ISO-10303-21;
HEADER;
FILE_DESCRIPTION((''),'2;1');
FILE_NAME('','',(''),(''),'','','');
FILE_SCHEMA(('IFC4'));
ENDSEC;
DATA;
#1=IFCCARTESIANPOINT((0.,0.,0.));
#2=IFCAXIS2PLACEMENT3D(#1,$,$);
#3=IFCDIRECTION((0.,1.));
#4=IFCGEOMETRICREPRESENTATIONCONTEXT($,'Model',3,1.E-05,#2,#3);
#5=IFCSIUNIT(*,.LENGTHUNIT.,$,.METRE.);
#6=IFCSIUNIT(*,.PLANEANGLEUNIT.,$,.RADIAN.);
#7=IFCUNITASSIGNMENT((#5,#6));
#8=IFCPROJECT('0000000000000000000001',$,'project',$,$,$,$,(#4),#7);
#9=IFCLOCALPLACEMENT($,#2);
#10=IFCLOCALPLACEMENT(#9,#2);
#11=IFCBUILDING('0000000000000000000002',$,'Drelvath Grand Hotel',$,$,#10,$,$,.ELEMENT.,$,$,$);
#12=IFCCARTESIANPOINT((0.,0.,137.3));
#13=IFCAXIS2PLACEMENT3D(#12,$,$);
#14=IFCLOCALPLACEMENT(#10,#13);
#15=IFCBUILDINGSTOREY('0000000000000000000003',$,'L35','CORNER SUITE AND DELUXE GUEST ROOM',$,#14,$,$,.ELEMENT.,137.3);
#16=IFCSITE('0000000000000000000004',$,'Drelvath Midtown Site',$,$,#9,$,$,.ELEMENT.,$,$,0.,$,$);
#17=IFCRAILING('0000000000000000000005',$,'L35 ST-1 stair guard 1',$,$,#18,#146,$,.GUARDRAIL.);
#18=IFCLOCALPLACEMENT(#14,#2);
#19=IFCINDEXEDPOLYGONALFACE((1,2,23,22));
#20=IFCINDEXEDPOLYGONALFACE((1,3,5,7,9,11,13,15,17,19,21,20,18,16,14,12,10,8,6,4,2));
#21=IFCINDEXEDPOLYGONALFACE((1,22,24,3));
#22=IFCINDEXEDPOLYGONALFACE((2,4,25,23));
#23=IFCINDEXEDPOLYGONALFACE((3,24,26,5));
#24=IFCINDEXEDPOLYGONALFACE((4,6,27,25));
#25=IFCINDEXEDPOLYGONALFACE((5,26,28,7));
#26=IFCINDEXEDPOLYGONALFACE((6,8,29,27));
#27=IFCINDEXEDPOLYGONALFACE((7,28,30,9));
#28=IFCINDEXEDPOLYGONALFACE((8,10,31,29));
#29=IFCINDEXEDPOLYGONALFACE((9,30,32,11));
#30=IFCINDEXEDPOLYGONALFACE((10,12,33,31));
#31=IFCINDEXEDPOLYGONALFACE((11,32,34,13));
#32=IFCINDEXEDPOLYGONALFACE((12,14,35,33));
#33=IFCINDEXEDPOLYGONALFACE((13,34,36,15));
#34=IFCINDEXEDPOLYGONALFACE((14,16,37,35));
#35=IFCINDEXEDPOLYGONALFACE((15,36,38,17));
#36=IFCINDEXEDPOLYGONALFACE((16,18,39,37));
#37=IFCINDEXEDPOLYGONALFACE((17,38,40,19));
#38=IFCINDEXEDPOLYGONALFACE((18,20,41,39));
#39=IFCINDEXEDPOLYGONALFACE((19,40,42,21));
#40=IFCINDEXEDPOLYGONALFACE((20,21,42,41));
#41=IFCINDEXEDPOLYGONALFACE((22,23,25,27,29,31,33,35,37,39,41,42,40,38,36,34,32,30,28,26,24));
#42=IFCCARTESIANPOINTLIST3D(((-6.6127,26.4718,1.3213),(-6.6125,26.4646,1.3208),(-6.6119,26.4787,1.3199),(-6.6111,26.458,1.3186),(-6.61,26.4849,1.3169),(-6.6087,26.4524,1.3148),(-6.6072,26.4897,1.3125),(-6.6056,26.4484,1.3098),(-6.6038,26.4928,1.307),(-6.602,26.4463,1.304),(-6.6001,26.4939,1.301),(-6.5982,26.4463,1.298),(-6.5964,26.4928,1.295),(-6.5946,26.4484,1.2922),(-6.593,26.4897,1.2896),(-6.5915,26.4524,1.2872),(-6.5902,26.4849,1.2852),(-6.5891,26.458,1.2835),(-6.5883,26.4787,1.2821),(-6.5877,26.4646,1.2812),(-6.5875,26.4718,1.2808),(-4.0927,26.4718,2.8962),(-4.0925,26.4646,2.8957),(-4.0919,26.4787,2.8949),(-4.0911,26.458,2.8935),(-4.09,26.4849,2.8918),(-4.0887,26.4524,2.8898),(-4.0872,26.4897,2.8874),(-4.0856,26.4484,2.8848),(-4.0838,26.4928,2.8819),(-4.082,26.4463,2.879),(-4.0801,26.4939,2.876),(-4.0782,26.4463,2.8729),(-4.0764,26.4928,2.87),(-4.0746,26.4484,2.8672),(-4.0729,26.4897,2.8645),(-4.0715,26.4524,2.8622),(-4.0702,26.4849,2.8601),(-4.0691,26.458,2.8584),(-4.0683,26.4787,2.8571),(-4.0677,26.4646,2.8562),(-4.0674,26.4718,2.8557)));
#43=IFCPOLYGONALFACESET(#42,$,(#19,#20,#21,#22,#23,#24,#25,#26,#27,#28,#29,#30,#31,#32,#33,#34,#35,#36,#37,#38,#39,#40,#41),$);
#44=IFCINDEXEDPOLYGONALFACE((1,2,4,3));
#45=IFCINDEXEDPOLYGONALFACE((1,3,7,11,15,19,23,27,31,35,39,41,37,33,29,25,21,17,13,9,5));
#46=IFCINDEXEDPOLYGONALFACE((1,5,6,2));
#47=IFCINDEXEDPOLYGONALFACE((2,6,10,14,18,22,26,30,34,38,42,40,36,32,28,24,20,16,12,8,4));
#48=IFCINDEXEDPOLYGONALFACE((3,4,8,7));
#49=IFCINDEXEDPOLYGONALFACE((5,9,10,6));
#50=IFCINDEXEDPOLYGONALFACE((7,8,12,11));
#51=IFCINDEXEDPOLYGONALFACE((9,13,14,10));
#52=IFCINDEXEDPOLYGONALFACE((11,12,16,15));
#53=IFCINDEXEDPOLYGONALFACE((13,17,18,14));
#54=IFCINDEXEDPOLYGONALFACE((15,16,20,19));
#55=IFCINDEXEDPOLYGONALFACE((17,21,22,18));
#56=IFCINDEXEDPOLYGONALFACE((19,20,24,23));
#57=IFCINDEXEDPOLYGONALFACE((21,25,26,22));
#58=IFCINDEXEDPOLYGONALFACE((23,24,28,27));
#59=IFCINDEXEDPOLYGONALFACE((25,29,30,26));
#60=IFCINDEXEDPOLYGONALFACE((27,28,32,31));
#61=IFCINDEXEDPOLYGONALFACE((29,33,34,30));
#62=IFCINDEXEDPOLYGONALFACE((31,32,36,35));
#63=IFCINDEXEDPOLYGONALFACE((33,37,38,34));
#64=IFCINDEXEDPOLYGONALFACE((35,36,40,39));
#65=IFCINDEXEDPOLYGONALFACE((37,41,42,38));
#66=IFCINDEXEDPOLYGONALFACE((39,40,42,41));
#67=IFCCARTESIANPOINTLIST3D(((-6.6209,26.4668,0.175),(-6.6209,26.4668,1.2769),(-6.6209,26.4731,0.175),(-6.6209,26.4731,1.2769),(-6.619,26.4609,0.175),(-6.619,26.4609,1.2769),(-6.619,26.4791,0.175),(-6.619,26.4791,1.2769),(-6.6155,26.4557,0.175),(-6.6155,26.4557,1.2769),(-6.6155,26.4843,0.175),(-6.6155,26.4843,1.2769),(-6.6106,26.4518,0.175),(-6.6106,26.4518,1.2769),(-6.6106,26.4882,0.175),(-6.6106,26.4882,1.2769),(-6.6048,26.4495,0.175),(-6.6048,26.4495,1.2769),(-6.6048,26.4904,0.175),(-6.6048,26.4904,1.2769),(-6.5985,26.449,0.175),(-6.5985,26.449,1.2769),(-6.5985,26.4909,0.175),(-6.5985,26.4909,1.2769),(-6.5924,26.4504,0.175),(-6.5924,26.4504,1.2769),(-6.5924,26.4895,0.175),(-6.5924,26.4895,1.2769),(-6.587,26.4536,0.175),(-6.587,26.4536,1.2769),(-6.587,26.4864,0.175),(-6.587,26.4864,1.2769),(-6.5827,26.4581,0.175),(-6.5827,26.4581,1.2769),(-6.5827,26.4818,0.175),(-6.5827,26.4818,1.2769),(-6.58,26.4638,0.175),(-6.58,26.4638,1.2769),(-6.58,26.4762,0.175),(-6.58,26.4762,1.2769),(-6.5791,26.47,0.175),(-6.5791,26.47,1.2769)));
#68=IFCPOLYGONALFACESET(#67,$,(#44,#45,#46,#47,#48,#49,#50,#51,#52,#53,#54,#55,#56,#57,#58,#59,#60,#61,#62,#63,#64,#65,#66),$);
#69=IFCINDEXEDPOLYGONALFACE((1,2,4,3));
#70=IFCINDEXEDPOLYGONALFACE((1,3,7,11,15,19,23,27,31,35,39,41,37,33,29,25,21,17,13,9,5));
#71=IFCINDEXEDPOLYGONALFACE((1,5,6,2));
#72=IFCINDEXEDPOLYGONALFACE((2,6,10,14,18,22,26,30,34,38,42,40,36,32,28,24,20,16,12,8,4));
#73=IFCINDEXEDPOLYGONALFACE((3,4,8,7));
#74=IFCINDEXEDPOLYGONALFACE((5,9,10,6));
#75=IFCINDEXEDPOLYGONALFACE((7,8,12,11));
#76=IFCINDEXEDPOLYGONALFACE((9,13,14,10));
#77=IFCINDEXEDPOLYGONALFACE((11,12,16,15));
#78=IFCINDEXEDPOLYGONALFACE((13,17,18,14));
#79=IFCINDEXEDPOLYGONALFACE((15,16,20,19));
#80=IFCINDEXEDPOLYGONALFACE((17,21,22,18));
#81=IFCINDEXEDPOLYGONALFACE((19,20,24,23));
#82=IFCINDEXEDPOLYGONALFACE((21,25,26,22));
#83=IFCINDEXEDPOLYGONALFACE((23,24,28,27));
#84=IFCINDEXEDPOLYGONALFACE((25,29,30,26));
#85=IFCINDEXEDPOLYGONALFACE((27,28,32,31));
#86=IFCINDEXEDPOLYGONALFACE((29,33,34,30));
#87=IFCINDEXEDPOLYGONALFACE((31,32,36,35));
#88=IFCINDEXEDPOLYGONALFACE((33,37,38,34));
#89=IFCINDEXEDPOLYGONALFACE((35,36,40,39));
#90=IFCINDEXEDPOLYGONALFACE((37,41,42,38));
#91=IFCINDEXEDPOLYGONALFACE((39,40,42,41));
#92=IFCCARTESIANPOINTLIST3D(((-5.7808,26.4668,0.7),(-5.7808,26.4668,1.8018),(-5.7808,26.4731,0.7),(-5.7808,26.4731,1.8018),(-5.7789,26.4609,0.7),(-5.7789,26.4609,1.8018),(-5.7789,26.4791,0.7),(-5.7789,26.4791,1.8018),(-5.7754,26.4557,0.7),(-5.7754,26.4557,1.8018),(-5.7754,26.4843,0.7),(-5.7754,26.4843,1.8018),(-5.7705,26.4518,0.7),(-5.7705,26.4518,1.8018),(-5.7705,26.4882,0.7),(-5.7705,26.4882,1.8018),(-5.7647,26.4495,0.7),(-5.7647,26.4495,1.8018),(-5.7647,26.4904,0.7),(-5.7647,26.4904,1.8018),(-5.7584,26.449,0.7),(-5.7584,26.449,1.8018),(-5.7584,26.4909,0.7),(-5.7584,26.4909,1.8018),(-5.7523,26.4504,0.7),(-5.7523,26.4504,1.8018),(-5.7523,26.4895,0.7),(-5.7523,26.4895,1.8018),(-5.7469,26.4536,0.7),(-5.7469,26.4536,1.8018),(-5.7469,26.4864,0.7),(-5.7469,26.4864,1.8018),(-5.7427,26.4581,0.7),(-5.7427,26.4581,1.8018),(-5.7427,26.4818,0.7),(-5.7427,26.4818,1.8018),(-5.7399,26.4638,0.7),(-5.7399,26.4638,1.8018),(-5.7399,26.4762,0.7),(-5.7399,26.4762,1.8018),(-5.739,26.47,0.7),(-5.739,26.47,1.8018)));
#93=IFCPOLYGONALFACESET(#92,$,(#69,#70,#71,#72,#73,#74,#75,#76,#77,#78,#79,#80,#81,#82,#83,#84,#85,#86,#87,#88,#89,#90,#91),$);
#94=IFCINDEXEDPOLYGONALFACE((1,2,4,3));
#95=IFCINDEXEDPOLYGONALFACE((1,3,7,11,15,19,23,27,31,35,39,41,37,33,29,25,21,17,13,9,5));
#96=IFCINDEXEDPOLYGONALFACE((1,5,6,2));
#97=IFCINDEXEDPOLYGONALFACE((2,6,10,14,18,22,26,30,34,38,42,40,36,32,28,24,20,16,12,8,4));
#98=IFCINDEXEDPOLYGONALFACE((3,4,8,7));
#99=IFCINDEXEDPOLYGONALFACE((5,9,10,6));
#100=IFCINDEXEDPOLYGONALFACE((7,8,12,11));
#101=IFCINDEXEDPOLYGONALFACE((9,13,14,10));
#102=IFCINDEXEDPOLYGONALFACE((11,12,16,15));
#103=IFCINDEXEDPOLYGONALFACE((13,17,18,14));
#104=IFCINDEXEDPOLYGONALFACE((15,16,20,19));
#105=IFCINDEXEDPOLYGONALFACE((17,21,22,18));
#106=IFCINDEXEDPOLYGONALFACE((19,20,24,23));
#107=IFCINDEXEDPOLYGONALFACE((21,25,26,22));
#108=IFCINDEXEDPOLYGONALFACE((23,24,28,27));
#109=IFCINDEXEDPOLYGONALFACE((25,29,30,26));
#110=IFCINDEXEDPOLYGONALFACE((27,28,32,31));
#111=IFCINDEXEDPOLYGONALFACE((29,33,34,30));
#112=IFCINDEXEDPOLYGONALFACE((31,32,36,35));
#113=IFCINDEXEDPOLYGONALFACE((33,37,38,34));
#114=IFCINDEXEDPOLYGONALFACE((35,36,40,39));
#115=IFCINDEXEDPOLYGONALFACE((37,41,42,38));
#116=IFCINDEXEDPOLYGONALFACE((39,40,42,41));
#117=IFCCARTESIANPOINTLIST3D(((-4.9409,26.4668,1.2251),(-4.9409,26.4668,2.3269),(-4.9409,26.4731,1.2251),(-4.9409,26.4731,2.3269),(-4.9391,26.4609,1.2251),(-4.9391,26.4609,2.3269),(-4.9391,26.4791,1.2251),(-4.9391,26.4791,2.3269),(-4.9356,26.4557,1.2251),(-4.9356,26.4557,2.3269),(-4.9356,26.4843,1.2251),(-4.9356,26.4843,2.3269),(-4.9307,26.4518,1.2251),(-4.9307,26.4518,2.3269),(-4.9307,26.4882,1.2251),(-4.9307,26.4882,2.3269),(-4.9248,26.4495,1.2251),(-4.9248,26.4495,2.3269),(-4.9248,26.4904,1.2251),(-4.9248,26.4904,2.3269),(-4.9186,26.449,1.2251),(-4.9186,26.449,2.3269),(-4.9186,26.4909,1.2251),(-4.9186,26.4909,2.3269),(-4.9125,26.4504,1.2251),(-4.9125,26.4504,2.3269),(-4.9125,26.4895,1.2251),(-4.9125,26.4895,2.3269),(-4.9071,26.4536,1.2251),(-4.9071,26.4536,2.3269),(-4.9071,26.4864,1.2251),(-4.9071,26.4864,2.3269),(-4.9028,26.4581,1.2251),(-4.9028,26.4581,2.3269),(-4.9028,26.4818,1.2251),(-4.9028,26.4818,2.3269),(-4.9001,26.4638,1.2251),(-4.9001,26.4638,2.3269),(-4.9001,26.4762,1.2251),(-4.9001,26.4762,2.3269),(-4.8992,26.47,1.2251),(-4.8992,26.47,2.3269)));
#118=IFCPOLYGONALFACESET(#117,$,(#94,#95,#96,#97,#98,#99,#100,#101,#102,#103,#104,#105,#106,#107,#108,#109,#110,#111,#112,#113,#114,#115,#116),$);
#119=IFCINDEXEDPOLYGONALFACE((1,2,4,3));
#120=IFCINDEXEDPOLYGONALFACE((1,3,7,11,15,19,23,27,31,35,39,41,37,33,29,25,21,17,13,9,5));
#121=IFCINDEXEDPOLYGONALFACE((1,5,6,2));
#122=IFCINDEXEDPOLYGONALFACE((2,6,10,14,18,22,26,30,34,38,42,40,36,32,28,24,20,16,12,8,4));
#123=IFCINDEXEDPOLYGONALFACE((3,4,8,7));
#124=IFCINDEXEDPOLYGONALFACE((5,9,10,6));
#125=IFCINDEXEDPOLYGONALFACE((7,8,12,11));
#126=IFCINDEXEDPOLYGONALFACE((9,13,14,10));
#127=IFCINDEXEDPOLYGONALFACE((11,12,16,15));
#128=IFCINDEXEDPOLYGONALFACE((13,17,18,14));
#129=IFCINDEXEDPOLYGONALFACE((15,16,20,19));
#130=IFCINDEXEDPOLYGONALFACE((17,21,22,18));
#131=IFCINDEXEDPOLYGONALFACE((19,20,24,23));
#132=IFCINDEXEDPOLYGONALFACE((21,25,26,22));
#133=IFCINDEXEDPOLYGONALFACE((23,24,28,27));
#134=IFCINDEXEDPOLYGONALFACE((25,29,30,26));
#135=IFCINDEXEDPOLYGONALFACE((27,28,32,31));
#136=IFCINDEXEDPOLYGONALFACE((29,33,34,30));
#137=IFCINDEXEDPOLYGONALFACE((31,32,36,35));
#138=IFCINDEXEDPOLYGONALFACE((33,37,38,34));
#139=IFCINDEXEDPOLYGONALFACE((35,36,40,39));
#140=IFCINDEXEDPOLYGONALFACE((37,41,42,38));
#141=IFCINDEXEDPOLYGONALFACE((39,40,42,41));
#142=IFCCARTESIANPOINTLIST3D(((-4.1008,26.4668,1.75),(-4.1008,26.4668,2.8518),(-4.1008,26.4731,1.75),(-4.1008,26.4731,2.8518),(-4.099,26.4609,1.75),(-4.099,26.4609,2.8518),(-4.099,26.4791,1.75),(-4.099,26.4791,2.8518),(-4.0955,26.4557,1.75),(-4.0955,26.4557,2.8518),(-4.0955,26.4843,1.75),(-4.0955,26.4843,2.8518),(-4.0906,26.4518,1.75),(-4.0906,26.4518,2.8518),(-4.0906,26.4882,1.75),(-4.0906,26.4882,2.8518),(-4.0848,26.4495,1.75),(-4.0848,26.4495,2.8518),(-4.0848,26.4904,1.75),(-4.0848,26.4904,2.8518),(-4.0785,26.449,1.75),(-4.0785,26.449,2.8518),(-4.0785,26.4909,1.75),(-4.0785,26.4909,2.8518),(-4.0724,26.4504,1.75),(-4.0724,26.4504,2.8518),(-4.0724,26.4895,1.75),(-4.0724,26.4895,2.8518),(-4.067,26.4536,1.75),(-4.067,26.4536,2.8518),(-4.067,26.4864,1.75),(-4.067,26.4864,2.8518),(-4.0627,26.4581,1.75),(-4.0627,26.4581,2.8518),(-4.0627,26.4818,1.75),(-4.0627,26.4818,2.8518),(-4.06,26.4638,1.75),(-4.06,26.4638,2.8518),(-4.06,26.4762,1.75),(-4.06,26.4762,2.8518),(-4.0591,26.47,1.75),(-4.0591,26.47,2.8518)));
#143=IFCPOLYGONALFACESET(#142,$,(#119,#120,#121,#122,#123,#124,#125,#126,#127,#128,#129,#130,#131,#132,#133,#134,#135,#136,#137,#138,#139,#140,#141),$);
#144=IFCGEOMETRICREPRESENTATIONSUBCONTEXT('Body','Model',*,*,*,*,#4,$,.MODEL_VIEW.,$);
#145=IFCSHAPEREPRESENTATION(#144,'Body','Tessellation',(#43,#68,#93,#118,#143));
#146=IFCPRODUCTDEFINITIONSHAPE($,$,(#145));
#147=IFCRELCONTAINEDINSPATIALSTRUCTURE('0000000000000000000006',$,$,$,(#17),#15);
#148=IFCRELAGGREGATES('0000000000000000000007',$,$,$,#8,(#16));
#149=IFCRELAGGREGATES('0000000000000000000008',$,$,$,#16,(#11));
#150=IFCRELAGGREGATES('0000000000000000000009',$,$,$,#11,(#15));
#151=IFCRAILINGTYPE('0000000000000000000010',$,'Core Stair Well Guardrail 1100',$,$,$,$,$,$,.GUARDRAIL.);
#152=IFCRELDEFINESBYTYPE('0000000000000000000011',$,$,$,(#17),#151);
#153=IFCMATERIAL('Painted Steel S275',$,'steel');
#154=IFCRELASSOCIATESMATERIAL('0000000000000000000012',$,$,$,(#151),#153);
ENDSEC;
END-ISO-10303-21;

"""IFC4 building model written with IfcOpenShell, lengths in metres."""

from ifc_helpers import new_model, si_unit, direction, frame, origin, origin_2d, place, context, subcontext, project, spatial, circle, extrude, material, type_object, element, save


model = new_model("IFC4")

# Units and contexts
model_context = context("Model", 3, precision=1e-05, world=origin(), true_north=direction((0.0, 1.0)))
body_context = subcontext(model_context, "Body", "Model", "MODEL_VIEW")
ifc_project = project(units=[si_unit("LENGTHUNIT", "METRE"), si_unit("PLANEANGLEUNIT", "RADIAN")], contexts=[model_context])

# Site, building, storey
site_placement = place(None, origin())
site = spatial("IfcSite", under=ifc_project, at=site_placement, Name="Drelvath Midtown Site", CompositionType="ELEMENT", RefElevation=0.0)
building_placement = place(site_placement, origin())
building = spatial("IfcBuilding", under=site, at=building_placement, Name="Drelvath Grand Hotel", CompositionType="ELEMENT")
storey_placement = place(building_placement, frame((0.0, 0.0, 137.3)))
storey = spatial("IfcBuildingStorey", under=building, at=storey_placement, Name="L35", Description="CORNER SUITE AND DELUXE GUEST ROOM", CompositionType="ELEMENT", Elevation=137.3)

# Railing
ifc_material_1 = material(Name="Painted Steel S275", Category="steel")
railing_type_1 = type_object("IfcRailingType", Name="Core Stair Well Guardrail 1100", PredefinedType="GUARDRAIL", material=ifc_material_1)
railing_1_placement = place(storey_placement, frame((-6.6001, 26.47, 0.175)))
element("IfcRailing", 1, at=railing_1_placement, inside=storey, type_object=railing_type_1, Name="L35 ST-1 stair guard 1", PredefinedType="GUARDRAIL", context=body_context, shape_type="SweptSolid", body=[
    extrude(circle(Radius=0.0239, at=origin_2d()), frame((0.0, 0.0, 1.126), z_axis=(0.848008, 0.0, 0.529984), x_axis=(0.0, 1.0, 0.0)), (0.0, 0.0, 1.0), 2.9717),
    extrude(circle(Radius=0.021, at=origin_2d()), origin(), (0.0, 0.0, 1.0), 1.1018),
    extrude(circle(Radius=0.021, at=origin_2d()), frame((0.8401, 0.0, 0.5249)), (0.0, 0.0, 1.0), 1.1018),
    extrude(circle(Radius=0.021, at=origin_2d()), frame((1.6799, 0.0, 1.05)), (0.0, 0.0, 1.0), 1.1018),
    extrude(circle(Radius=0.021, at=origin_2d()), frame((2.52, 0.0, 1.575)), (0.0, 0.0, 1.0), 1.1018),
])

save(model, "model.ifc")
